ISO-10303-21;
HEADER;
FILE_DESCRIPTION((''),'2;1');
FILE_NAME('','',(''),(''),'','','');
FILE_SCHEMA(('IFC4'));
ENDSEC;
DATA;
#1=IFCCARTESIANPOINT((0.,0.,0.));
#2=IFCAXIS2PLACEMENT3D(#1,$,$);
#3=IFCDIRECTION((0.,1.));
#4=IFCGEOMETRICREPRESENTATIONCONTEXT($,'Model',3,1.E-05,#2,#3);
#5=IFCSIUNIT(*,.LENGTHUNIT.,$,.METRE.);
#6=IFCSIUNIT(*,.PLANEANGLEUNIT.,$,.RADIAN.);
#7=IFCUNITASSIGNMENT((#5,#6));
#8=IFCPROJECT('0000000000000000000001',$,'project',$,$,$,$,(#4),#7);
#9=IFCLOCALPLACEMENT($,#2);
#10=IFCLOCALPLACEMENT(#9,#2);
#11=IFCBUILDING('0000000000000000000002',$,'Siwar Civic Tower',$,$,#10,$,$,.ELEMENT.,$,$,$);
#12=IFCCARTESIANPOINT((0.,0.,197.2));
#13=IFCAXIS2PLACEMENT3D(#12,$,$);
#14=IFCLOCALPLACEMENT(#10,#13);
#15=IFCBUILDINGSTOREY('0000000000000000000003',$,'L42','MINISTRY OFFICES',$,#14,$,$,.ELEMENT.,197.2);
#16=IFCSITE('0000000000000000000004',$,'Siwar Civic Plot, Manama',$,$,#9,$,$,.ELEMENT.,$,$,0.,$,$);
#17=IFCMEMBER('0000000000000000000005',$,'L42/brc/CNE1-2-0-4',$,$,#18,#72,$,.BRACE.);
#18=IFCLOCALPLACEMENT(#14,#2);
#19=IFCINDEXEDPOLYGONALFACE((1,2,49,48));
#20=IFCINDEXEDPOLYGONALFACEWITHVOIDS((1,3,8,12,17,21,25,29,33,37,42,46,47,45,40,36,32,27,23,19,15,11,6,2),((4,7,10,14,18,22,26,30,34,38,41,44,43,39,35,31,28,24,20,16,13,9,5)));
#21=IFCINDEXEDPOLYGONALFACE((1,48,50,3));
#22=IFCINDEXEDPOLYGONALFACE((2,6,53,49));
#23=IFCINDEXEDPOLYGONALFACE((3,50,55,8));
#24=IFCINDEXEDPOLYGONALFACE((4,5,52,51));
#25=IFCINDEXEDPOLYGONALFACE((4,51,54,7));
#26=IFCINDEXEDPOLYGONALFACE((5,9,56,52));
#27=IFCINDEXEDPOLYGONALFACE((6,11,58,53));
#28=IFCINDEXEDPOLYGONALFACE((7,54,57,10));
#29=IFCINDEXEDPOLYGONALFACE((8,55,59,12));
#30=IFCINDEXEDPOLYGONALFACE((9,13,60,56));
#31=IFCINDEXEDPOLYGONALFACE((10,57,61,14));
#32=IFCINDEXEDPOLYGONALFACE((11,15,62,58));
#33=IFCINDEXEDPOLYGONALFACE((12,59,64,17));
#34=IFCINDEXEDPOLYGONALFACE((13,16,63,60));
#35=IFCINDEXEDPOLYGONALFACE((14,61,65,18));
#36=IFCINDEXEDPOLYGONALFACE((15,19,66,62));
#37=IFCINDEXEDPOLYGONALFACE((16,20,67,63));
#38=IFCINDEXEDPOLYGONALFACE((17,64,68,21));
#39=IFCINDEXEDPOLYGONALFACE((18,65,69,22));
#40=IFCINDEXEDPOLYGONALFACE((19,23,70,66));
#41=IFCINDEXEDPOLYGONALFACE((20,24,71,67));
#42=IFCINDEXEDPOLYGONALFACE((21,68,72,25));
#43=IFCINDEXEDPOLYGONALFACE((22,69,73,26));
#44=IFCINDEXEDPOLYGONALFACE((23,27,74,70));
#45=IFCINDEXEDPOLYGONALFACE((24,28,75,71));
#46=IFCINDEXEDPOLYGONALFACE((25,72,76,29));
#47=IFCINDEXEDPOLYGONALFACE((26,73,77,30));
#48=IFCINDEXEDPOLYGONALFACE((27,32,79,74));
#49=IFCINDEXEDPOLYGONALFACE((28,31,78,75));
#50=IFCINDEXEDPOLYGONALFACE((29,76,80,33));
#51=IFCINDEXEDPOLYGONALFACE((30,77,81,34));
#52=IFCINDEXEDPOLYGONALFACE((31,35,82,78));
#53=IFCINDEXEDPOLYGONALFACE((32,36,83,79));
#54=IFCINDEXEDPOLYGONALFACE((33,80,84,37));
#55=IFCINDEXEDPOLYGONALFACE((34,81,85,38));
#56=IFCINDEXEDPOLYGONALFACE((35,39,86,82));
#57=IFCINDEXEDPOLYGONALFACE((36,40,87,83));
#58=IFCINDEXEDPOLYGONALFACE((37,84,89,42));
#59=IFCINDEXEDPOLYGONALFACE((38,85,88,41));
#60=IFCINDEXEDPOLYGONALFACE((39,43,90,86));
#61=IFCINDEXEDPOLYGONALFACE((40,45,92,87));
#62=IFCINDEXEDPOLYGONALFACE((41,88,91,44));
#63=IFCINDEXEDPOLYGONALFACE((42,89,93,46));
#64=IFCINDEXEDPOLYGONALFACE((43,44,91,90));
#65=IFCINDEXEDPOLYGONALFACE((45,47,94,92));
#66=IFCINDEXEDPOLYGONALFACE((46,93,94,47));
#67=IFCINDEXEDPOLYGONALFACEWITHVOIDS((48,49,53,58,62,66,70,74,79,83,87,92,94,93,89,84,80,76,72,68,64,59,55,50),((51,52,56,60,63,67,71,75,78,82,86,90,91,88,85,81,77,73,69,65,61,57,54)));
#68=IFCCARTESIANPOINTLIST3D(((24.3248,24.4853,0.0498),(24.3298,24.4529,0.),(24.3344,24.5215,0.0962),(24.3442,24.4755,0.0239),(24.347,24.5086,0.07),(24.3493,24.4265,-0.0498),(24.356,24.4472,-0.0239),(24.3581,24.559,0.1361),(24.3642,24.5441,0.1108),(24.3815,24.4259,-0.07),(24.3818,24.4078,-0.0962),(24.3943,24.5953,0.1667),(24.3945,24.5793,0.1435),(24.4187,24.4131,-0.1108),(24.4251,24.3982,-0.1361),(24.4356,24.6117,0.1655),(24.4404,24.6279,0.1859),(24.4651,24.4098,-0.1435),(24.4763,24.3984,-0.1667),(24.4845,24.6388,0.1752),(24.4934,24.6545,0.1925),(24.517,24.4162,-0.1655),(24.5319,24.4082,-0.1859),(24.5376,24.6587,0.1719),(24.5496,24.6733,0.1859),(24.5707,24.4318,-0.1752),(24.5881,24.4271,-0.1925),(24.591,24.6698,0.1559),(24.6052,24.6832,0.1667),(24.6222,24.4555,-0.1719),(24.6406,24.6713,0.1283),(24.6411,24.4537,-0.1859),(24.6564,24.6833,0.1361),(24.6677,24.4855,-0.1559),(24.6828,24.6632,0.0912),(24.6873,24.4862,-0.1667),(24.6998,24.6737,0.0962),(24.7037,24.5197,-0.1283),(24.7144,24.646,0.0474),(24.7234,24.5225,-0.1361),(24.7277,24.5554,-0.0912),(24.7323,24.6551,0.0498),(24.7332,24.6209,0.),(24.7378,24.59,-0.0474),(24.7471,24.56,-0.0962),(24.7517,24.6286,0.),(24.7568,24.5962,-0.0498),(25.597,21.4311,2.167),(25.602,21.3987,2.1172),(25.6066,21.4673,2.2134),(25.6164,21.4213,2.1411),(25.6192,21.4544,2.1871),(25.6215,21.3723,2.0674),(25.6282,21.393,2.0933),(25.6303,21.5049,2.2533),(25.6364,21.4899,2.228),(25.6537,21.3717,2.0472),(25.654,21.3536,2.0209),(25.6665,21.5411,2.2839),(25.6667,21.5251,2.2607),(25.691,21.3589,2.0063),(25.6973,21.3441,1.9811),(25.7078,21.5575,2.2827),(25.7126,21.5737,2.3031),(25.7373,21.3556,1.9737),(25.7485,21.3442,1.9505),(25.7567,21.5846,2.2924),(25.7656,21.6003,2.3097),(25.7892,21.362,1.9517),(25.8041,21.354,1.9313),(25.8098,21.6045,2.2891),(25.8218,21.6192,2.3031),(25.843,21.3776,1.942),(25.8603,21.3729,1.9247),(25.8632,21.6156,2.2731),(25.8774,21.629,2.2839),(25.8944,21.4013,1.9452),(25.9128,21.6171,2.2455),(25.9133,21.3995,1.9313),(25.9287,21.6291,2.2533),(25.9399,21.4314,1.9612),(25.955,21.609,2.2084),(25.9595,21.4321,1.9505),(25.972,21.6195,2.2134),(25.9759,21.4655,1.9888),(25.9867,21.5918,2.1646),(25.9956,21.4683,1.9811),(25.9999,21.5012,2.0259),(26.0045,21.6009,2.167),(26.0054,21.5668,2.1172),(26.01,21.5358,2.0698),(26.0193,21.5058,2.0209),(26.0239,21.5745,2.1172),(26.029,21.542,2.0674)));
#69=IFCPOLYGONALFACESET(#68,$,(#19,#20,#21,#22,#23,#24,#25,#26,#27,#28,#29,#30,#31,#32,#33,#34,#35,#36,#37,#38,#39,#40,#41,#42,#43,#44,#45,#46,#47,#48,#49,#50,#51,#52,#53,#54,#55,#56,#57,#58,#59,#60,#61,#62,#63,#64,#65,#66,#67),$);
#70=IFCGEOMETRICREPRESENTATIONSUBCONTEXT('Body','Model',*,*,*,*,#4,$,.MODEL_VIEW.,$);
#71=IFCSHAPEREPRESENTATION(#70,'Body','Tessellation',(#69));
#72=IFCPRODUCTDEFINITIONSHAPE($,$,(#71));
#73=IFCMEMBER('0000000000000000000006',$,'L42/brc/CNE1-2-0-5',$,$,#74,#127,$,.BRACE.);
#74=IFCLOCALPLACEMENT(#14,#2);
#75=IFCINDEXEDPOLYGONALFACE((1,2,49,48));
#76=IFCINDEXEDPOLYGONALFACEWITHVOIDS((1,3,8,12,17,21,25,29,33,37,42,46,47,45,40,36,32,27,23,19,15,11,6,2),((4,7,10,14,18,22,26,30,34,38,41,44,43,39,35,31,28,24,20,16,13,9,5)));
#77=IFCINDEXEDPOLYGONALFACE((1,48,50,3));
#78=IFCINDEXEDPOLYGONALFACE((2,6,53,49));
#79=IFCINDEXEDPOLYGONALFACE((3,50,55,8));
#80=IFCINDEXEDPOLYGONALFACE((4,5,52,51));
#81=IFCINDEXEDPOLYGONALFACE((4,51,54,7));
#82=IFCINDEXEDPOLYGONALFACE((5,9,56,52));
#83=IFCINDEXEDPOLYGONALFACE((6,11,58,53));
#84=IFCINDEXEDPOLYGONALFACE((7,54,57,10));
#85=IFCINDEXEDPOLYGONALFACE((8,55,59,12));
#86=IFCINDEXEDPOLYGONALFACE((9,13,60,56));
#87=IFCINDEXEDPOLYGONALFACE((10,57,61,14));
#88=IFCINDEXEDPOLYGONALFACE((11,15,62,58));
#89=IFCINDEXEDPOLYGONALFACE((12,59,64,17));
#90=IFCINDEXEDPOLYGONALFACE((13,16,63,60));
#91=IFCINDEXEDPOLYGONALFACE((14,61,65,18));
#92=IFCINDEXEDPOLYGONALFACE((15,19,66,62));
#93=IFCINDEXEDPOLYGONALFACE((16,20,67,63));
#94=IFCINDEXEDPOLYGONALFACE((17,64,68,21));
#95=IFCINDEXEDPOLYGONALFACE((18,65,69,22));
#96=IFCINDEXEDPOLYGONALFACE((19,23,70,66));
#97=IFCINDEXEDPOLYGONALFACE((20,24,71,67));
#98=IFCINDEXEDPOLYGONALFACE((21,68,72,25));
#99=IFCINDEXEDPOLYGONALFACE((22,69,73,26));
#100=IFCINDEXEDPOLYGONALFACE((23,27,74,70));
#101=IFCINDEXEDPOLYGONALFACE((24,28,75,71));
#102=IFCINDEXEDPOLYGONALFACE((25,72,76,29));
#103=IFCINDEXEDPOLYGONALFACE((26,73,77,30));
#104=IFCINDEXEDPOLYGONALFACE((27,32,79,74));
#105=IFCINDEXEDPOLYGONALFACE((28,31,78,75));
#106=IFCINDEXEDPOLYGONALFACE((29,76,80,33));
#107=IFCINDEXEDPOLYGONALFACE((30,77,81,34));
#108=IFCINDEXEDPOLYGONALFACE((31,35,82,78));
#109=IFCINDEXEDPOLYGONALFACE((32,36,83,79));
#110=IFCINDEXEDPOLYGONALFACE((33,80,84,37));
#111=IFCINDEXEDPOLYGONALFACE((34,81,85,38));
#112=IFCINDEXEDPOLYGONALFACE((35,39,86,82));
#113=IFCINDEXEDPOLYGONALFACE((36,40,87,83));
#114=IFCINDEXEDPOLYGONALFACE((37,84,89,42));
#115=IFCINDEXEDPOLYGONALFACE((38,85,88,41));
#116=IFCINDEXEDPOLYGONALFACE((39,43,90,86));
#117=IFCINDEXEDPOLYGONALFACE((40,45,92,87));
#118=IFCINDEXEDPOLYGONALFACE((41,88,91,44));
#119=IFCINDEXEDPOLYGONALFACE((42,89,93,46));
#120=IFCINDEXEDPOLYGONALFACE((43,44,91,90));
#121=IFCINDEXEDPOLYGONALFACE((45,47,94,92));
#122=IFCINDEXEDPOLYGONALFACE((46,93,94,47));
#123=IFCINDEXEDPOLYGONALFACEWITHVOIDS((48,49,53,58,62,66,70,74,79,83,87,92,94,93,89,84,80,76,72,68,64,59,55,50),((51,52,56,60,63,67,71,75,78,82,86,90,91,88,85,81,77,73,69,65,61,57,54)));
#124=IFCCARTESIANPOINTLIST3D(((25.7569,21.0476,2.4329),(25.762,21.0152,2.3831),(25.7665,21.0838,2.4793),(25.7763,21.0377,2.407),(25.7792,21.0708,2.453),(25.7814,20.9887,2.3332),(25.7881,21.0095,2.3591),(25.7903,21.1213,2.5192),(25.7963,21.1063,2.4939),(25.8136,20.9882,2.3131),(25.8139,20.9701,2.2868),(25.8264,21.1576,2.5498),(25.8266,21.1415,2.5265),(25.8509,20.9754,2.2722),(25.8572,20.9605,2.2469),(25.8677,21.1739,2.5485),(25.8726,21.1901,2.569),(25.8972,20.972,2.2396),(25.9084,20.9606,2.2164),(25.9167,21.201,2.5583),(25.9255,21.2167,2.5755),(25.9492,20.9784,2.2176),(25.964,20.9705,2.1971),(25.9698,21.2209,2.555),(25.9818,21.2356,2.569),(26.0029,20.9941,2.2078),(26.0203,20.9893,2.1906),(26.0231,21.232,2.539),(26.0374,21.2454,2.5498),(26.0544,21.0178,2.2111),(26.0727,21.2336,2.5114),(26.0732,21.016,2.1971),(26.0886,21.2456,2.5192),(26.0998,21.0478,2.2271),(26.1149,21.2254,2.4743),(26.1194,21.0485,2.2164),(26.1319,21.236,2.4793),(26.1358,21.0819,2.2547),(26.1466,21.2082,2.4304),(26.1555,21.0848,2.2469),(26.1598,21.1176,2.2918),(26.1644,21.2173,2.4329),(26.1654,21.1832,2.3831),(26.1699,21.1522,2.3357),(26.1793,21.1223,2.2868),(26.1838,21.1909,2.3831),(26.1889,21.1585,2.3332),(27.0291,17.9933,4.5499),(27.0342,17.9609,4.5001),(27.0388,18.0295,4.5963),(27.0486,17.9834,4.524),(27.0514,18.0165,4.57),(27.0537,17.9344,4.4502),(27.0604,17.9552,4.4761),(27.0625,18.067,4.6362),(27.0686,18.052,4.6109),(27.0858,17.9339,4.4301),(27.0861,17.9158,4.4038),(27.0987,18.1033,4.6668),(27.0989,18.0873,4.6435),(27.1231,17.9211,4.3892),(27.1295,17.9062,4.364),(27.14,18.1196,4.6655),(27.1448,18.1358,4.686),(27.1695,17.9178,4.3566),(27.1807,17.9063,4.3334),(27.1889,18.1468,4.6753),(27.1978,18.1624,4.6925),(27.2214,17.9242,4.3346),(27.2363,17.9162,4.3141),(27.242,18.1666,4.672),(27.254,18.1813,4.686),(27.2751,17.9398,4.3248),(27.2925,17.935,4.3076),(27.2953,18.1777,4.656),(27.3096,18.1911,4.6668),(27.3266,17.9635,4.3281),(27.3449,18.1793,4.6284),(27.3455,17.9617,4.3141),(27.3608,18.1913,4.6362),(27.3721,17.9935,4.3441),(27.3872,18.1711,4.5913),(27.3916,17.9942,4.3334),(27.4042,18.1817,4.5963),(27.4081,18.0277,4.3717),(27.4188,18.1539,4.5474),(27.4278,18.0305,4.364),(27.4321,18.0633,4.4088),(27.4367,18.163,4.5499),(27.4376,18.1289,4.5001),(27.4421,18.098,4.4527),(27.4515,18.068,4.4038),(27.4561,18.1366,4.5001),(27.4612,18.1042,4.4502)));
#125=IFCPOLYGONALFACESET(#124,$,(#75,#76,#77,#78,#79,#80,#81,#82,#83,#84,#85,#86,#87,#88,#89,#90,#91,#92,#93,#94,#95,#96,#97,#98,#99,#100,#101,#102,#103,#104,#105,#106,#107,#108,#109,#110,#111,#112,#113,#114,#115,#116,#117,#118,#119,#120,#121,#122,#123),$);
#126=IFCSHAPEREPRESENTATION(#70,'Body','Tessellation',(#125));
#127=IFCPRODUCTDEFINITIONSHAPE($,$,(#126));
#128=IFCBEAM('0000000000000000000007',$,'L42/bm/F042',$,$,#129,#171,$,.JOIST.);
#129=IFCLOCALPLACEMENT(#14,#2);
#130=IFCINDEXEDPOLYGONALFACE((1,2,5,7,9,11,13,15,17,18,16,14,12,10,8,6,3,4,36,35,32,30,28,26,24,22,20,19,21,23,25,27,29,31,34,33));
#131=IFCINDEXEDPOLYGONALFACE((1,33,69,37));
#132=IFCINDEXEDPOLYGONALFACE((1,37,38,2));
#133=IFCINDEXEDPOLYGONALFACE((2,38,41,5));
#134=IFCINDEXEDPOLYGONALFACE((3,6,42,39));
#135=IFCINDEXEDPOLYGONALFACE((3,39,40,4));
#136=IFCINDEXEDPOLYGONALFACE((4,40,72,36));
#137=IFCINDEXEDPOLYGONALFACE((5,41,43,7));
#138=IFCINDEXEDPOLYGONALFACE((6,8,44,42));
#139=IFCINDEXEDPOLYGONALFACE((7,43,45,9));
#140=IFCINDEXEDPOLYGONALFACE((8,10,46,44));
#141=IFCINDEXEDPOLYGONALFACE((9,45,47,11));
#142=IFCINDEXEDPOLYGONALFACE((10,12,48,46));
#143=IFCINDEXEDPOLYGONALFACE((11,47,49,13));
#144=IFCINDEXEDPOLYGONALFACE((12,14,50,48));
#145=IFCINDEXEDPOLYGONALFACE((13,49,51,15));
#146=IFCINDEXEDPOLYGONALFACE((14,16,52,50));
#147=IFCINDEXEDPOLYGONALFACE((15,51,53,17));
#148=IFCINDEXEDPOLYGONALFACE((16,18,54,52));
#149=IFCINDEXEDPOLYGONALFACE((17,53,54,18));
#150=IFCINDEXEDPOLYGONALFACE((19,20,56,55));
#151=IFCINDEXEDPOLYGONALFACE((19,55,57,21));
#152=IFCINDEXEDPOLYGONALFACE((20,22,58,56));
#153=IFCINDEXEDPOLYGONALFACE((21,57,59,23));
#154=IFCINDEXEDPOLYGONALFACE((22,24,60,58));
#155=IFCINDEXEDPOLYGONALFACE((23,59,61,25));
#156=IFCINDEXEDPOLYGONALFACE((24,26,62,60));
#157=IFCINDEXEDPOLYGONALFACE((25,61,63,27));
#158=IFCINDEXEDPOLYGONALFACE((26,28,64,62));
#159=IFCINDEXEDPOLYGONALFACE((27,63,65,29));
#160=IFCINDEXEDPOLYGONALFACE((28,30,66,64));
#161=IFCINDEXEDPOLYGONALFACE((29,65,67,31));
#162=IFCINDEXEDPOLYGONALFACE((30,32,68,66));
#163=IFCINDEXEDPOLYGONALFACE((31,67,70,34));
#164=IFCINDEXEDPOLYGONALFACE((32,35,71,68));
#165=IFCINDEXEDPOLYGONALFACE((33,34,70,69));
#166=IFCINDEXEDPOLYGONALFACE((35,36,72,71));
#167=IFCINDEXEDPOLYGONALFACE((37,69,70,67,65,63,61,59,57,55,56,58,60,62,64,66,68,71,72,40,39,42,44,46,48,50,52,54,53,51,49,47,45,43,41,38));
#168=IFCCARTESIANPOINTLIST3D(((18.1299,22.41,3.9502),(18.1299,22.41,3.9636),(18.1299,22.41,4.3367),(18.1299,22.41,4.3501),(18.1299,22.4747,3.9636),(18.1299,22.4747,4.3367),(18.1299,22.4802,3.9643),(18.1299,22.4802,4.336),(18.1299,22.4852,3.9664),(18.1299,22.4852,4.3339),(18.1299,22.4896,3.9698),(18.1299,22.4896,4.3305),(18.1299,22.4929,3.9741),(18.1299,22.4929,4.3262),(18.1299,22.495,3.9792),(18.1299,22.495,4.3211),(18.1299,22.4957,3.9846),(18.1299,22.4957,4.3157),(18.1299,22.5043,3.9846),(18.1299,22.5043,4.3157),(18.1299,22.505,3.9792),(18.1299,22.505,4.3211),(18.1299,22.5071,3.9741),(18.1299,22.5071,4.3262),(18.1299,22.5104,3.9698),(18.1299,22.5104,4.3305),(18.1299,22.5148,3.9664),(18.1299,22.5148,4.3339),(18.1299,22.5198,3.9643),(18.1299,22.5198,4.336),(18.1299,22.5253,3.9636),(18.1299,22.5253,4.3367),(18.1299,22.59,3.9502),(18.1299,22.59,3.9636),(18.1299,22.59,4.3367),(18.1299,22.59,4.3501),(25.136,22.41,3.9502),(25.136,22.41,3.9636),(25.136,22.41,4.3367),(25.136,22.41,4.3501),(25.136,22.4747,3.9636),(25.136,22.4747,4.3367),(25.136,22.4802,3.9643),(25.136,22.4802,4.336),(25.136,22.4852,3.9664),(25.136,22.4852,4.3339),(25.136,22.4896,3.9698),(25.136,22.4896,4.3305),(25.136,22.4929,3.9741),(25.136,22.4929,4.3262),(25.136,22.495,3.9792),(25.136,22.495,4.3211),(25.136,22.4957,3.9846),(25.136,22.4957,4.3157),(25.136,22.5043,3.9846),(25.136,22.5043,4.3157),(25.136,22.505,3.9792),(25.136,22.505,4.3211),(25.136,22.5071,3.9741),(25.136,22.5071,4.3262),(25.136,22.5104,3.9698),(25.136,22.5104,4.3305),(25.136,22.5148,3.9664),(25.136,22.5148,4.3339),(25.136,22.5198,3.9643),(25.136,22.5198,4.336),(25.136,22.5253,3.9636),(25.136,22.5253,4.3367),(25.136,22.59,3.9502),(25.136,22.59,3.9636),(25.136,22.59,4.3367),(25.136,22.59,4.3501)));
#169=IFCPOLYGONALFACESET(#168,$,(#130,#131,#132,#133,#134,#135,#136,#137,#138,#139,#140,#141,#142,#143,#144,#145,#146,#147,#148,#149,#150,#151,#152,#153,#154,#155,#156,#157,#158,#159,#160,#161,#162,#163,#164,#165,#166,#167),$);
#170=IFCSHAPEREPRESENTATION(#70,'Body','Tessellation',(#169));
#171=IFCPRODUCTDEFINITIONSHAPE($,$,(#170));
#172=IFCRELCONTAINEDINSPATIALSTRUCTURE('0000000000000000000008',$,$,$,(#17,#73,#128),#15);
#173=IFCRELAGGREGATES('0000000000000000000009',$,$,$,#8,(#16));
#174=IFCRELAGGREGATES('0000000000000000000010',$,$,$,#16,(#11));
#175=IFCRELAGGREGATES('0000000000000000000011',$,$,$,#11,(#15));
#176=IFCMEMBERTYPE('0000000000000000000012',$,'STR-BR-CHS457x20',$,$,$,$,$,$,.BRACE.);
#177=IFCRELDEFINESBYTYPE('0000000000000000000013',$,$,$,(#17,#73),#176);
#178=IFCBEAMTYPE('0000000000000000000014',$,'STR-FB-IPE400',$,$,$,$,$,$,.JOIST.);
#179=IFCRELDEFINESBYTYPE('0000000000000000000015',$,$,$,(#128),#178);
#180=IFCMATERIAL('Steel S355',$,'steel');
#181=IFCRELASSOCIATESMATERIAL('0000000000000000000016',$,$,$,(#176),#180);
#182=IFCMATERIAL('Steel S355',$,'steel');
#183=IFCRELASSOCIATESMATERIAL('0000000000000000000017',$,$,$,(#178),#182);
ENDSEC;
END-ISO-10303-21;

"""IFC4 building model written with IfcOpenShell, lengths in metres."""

from ifc_helpers import new_model, si_unit, direction, frame, origin, origin_2d, place, context, subcontext, project, spatial, hollow_circle, i_section, extrude, material, material_profile, profile_set, type_object, element, save


model = new_model("IFC4")

# Units and contexts
model_context = context("Model", 3, precision=1e-05, world=origin(), true_north=direction((0.0, 1.0)))
body_context = subcontext(model_context, "Body", "Model", "MODEL_VIEW")
ifc_project = project(units=[si_unit("LENGTHUNIT", "METRE"), si_unit("PLANEANGLEUNIT", "RADIAN")], contexts=[model_context])

# Site, building, storey
site_placement = place(None, origin())
site = spatial("IfcSite", under=ifc_project, at=site_placement, Name="Siwar Civic Plot, Manama", CompositionType="ELEMENT", RefElevation=0.0)
building_placement = place(site_placement, origin())
building = spatial("IfcBuilding", under=site, at=building_placement, Name="Siwar Civic Tower", CompositionType="ELEMENT")
storey_placement = place(building_placement, frame((0.0, 0.0, 197.2)))
storey = spatial("IfcBuildingStorey", under=building, at=storey_placement, Name="L42", Description="MINISTRY OFFICES", CompositionType="ELEMENT", Elevation=197.2)

# Members
ifc_material_1 = material(Name="Steel S355", Category="steel")
ifc_material_profile_1 = material_profile(ifc_material_1, hollow_circle(Radius=0.2285, WallThickness=0.02, at=origin_2d()), Name="CHS457x20")
ifc_profile_set_1 = profile_set([ifc_material_profile_1], Name="Steel S355")
member_type_1 = type_object("IfcMemberType", Name="STR-BR-CHS457x20", PredefinedType="BRACE", material=ifc_profile_set_1)
for number, where, z_axis, x_axis, name in (
    (1, (24.5408, 24.5408, 0.0), (0.323884, -0.777546, 0.538999), (0.923116, 0.384521, 0.0), "L42/brc/CNE1-2-0-4"),
    (2, (25.9729, 21.103, 2.3831), (0.323895, -0.777572, 0.538955), (0.923116, 0.384521, 0.0), "L42/brc/CNE1-2-0-5"),
):
    element("IfcMember", number, at=place(storey_placement, frame(where, z_axis=z_axis, x_axis=x_axis)), inside=storey, type_object=member_type_1, Name=name, PredefinedType="BRACE", context=body_context, shape_type="SweptSolid", body=[
        extrude(hollow_circle(Radius=0.2285, WallThickness=0.02, at=origin_2d()), origin(), (0.0, 0.0, 1.0), 3.928),
    ])

# Beam
ifc_material_2 = material(Name="Steel S355", Category="steel")
ifc_material_profile_2 = material_profile(ifc_material_2, i_section(OverallWidth=0.1799, OverallDepth=0.3999, WebThickness=0.0085, FlangeThickness=0.0134, FilletRadius=0.021, at=origin_2d()), Name="IPE400")
ifc_profile_set_2 = profile_set([ifc_material_profile_2], Name="Steel S355")
beam_type_1 = type_object("IfcBeamType", Name="STR-FB-IPE400", PredefinedType="JOIST", material=ifc_profile_set_2)
beam_1_placement = place(storey_placement, frame((18.1299, 22.5, 4.1501), z_axis=(1.0, 0.0, 0.0), x_axis=(0.0, 1.0, 0.0)))
element("IfcBeam", 3, at=beam_1_placement, inside=storey, type_object=beam_type_1, Name="L42/bm/F042", PredefinedType="JOIST", context=body_context, shape_type="SweptSolid", body=[
    extrude(i_section(OverallWidth=0.1799, OverallDepth=0.3999, WebThickness=0.0085, FlangeThickness=0.0134, FilletRadius=0.021, at=origin_2d()), origin(), (0.0, 0.0, 1.0), 7.0061),
])

save(model, "model.ifc")
